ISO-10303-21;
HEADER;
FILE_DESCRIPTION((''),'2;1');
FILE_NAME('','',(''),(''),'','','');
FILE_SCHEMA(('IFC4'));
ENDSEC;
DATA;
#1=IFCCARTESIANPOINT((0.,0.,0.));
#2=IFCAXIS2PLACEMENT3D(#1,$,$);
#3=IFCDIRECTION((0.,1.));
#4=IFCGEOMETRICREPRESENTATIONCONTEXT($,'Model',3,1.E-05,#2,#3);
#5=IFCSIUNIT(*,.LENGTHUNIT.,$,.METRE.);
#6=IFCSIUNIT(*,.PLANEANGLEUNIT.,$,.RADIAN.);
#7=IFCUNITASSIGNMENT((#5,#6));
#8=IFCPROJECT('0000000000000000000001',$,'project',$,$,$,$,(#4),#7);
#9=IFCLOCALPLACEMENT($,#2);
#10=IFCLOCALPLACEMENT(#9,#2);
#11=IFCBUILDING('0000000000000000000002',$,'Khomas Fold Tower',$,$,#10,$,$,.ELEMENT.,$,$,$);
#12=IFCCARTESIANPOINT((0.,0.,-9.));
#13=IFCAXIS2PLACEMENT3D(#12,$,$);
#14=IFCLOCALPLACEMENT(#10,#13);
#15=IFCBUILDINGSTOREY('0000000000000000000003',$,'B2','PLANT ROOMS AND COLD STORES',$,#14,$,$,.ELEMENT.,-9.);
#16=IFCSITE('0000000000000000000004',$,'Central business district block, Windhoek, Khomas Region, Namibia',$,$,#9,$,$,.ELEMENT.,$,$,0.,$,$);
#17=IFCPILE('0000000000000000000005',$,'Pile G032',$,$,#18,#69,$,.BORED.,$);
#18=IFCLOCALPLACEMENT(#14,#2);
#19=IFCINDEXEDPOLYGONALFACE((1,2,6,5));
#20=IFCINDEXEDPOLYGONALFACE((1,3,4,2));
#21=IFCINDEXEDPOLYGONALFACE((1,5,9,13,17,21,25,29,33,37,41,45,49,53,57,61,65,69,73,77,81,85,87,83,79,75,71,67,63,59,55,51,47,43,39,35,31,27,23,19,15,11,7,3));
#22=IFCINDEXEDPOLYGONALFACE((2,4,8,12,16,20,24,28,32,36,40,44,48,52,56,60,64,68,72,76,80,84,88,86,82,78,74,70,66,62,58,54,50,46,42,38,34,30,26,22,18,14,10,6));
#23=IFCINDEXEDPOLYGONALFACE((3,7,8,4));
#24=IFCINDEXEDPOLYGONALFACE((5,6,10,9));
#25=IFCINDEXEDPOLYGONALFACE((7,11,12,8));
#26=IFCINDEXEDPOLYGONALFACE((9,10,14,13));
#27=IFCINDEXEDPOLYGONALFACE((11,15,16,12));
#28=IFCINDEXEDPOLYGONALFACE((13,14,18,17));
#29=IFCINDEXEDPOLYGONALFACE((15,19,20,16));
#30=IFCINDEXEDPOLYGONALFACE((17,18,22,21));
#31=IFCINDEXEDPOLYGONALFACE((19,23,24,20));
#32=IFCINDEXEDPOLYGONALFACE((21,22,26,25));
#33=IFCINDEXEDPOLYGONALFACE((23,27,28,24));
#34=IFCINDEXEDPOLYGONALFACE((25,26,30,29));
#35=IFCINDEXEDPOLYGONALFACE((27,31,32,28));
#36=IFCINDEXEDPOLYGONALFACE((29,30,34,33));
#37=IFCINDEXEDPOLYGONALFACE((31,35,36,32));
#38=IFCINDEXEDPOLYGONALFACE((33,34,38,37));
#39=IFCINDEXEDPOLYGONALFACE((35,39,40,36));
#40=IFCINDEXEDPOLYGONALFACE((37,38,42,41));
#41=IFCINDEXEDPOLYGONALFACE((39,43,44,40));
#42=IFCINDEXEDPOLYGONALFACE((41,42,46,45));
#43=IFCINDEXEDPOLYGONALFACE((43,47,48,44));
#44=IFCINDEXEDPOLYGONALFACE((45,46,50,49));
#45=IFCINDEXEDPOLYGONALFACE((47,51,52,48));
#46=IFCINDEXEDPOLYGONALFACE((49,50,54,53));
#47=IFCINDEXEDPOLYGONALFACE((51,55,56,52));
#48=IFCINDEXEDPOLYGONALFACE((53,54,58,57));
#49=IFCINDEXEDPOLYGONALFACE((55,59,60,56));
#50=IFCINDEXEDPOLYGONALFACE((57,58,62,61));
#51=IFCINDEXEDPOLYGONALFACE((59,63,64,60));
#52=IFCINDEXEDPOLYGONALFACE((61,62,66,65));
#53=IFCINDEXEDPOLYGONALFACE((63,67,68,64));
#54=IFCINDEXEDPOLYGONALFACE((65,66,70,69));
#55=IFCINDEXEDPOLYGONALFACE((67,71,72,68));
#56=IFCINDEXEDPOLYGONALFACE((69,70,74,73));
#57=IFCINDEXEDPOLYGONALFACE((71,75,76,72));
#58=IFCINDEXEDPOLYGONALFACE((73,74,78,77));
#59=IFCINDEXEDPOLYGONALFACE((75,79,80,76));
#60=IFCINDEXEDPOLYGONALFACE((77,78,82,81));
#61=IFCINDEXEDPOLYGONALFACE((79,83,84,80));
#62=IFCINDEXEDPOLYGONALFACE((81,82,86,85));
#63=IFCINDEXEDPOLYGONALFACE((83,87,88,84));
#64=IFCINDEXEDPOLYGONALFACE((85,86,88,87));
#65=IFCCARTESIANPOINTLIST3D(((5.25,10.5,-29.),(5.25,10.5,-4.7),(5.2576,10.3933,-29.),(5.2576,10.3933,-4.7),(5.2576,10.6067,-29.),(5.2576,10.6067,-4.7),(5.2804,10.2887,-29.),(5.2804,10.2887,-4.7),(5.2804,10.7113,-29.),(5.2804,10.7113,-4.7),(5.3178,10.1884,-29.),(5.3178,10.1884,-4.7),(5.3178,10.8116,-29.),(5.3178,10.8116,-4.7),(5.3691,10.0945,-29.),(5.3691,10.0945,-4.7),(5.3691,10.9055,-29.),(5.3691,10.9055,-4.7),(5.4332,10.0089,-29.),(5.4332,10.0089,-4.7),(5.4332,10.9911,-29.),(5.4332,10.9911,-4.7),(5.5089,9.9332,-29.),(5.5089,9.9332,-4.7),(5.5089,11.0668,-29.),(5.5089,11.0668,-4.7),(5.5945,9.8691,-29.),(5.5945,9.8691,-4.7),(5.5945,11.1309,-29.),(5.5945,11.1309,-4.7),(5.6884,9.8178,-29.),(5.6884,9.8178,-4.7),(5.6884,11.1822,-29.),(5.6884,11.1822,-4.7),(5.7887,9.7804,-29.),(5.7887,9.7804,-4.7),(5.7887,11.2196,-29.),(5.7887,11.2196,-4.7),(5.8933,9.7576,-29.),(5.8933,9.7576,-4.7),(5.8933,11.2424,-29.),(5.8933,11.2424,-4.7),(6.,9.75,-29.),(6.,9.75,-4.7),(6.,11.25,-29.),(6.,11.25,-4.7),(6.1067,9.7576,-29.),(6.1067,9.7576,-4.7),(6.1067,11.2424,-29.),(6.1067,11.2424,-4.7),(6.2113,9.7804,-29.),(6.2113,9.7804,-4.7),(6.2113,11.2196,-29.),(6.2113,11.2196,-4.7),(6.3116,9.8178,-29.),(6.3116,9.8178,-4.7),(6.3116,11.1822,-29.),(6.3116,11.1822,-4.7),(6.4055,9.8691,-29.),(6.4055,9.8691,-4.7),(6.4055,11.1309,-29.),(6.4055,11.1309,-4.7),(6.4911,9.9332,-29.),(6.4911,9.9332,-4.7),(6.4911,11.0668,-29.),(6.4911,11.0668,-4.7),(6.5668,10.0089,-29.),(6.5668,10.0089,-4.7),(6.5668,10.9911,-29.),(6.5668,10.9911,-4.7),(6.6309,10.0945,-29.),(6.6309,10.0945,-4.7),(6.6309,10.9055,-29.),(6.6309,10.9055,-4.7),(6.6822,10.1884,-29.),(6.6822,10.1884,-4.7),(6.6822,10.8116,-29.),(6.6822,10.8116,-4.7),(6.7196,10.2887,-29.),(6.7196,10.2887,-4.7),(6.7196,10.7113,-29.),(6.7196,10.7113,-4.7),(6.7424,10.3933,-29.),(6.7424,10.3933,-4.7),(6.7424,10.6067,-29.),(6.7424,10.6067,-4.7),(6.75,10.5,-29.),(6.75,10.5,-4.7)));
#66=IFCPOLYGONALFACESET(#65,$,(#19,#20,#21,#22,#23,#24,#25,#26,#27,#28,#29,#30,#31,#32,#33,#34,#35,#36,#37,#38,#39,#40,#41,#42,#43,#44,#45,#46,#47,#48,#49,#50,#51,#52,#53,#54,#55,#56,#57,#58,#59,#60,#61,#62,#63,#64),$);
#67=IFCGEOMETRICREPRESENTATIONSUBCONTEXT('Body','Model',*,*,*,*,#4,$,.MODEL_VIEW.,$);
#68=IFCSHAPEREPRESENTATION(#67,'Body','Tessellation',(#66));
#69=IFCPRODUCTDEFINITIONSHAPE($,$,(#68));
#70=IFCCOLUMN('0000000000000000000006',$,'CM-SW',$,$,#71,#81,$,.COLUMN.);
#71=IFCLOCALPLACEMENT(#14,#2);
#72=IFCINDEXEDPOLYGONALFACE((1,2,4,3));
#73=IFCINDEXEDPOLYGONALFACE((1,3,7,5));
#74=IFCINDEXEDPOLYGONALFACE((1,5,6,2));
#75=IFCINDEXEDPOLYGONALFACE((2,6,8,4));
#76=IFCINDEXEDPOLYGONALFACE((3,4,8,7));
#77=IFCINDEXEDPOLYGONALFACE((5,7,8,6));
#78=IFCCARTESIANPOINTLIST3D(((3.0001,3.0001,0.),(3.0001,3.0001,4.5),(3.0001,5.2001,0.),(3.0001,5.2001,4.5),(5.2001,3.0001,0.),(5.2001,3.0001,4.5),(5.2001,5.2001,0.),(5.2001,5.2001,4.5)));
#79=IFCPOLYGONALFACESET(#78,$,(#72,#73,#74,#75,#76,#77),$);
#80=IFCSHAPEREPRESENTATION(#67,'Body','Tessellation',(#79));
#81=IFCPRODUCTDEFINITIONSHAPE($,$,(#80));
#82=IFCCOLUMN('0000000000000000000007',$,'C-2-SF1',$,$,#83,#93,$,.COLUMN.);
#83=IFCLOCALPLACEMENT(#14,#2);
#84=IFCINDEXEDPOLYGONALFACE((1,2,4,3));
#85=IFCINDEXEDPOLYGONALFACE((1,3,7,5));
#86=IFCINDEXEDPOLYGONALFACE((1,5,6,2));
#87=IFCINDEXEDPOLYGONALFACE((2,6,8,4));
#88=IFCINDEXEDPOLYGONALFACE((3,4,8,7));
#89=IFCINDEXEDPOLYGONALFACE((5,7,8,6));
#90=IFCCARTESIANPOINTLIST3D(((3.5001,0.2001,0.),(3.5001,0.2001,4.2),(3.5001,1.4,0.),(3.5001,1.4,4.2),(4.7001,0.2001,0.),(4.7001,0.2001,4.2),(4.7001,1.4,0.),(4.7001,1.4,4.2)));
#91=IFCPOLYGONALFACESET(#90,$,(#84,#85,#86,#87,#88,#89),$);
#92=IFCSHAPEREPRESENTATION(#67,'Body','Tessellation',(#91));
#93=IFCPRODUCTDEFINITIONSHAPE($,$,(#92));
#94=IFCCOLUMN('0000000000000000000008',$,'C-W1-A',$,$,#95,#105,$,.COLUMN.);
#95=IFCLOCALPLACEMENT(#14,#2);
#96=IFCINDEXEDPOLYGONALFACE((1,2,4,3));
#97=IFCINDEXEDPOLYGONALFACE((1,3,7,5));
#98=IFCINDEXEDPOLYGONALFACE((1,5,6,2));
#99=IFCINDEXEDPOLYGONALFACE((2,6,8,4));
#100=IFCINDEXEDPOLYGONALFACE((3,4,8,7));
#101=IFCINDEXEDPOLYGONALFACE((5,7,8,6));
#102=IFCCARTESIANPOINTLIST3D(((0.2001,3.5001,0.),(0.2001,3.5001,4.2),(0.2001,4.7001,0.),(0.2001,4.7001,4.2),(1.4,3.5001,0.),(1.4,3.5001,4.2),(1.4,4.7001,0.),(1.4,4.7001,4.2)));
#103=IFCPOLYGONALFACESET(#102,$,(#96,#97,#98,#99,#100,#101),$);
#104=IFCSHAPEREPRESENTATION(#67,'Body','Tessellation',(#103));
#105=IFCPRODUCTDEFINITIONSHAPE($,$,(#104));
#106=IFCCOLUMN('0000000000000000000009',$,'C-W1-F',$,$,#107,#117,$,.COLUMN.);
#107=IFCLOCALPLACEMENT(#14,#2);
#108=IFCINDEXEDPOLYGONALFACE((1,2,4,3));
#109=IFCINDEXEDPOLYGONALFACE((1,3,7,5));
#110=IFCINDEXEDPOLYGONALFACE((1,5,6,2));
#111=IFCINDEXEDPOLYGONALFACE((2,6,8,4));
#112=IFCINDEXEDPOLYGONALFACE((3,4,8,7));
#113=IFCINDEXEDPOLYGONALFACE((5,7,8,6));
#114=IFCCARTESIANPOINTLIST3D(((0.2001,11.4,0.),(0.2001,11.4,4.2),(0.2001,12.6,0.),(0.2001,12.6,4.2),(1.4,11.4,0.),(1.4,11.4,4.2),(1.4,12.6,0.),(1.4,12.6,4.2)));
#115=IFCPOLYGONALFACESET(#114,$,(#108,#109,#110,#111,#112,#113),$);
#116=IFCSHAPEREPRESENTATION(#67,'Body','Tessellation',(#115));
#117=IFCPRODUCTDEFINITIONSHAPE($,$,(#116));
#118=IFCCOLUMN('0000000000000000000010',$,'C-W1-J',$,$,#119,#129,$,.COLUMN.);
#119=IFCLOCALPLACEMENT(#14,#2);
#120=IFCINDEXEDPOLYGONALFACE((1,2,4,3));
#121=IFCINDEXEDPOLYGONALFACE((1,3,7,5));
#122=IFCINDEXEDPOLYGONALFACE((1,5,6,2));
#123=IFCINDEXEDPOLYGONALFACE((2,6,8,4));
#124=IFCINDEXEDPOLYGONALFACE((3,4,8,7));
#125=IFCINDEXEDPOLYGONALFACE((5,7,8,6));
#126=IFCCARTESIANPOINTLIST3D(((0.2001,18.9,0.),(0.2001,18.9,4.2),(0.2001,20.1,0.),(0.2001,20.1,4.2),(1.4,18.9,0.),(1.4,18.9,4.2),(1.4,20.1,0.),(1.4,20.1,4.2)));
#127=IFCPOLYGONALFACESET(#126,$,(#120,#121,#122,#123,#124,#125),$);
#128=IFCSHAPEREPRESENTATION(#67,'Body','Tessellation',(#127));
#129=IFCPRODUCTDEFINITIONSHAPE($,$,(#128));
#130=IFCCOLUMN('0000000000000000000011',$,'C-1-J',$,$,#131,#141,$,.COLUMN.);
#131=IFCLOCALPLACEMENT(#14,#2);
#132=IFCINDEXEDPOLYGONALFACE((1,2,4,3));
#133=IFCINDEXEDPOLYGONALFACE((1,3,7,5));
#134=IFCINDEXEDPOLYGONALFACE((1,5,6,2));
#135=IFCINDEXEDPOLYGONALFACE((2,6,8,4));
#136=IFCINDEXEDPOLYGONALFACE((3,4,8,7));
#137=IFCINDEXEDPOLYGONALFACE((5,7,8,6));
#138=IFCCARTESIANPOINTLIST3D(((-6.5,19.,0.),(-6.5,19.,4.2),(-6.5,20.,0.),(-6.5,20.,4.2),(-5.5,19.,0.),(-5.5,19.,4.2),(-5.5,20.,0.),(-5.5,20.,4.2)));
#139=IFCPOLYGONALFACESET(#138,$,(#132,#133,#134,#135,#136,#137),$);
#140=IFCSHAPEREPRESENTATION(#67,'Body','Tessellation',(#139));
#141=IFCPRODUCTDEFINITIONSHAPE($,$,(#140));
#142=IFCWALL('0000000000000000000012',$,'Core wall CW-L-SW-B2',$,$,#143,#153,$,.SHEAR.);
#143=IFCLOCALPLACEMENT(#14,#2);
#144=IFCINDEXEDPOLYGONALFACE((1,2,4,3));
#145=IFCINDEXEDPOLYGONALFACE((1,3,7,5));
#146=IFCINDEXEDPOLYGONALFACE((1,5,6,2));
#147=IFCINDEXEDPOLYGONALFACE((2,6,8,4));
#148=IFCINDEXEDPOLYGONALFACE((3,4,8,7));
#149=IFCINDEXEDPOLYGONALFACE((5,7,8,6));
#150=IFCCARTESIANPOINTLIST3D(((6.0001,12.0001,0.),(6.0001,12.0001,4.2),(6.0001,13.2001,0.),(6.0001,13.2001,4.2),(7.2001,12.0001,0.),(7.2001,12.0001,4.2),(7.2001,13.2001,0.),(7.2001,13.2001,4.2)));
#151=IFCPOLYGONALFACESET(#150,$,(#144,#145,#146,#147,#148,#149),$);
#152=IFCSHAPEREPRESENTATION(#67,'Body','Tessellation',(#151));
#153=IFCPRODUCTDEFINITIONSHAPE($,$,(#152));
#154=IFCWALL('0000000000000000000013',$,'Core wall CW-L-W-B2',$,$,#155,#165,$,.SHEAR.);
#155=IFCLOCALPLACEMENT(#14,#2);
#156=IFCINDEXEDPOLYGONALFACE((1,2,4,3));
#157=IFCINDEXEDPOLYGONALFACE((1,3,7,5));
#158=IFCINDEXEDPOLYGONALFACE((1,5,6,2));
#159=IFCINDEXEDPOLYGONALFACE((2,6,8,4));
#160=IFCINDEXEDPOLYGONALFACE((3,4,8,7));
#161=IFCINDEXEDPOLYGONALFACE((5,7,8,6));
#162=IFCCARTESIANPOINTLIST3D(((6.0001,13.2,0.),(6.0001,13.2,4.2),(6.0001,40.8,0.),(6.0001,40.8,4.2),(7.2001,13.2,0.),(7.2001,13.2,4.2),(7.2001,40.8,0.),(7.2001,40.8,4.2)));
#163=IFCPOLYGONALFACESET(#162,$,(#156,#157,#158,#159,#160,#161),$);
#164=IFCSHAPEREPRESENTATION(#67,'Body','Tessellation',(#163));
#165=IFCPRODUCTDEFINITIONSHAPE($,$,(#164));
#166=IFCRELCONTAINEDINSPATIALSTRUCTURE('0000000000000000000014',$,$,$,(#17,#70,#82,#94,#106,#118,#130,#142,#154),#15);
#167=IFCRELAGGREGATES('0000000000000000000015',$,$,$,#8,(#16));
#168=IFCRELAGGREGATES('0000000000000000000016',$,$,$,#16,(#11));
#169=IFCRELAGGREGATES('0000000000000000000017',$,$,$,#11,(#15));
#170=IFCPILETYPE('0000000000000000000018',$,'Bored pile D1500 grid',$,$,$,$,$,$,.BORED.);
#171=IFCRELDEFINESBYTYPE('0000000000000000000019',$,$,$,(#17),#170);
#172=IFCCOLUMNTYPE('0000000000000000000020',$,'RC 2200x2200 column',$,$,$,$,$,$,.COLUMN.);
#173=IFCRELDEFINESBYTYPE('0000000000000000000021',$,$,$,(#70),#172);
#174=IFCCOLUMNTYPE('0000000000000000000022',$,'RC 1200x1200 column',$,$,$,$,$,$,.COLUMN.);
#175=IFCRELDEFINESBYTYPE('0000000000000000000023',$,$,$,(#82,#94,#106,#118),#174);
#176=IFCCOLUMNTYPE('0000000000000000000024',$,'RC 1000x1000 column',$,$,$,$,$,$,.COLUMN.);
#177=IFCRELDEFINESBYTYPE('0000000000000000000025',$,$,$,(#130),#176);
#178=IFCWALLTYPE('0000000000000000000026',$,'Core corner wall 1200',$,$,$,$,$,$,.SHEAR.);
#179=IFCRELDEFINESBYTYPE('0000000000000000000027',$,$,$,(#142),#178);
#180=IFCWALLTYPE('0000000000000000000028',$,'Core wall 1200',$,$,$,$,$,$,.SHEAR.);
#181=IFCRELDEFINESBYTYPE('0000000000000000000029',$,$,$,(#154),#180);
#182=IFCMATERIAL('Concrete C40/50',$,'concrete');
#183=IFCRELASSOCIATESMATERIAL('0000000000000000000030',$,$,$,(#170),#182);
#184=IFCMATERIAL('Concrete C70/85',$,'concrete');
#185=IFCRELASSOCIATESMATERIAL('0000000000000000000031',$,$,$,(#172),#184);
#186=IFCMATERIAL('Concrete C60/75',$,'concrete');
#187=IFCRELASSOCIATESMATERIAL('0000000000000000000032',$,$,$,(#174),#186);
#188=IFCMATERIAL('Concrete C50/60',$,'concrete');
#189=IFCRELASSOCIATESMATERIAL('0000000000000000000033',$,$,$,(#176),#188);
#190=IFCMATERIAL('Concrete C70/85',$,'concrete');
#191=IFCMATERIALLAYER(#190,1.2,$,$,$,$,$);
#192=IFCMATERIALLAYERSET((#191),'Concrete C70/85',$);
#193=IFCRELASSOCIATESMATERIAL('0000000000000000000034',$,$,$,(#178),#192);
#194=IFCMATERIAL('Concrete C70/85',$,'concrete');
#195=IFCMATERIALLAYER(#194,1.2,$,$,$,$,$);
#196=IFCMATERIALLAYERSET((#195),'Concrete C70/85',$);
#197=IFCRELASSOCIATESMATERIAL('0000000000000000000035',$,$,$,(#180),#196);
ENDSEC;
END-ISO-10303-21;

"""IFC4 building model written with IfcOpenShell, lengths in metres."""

from ifc_helpers import new_model, si_unit, direction, frame, frame_2d, origin, origin_2d, place, context, subcontext, project, spatial, rectangle, circle, extrude, source, transform, mapped, material, layer, layer_set, material_profile, profile_set, type_object, element, save


model = new_model("IFC4")

# Units and contexts
model_context = context("Model", 3, precision=1e-05, world=origin(), true_north=direction((0.0, 1.0)))
body_context = subcontext(model_context, "Body", "Model", "MODEL_VIEW")
ifc_project = project(units=[si_unit("LENGTHUNIT", "METRE"), si_unit("PLANEANGLEUNIT", "RADIAN")], contexts=[model_context])

# Site, building, storey
site_placement = place(None, origin())
site = spatial("IfcSite", under=ifc_project, at=site_placement, Name="Central business district block, Windhoek, Khomas Region, Namibia", CompositionType="ELEMENT", RefElevation=0.0)
building_placement = place(site_placement, origin())
building = spatial("IfcBuilding", under=site, at=building_placement, Name="Khomas Fold Tower", CompositionType="ELEMENT")
storey_placement = place(building_placement, frame((0.0, 0.0, -9.0)))
storey = spatial("IfcBuildingStorey", under=building, at=storey_placement, Name="B2", Description="PLANT ROOMS AND COLD STORES", CompositionType="ELEMENT", Elevation=-9.0)

# Pile
ifc_material_1 = material(Name="Concrete C40/50", Category="concrete")
ifc_material_profile_1 = material_profile(ifc_material_1, circle(Radius=0.75, at=origin_2d()), Name="PILE D1500")
ifc_profile_set_1 = profile_set([ifc_material_profile_1], Name="Concrete C40/50")
pile_type = type_object("IfcPileType", Name="Bored pile D1500 grid", PredefinedType="BORED", material=ifc_profile_set_1)
shared_shape_1 = source(origin(), body_context, "Body", "SweptSolid", [
    extrude(circle(Radius=0.75, at=origin_2d()), origin(), (0.0, 0.0, 1.0), 24.3),
])
for number, where, z_axis, x_axis, name in (
    (1, (6.0, 10.5, -4.7), (0.0, 0.0, -1.0), (1.0, 0.0, 0.0), "Pile G032"),
):
    element("IfcPile", number, at=place(storey_placement, frame(where, z_axis=z_axis, x_axis=x_axis)), inside=storey, type_object=pile_type, Name=name, PredefinedType="BORED", context=body_context, shape_type="MappedRepresentation", body=[
        mapped(shared_shape_1, transform((0.0, 0.0, 0.0))),
    ])

# Columns
ifc_material_2 = material(Name="Concrete C70/85", Category="concrete")
ifc_material_profile_2 = material_profile(ifc_material_2, rectangle(XDim=2.2, YDim=2.2, at=origin_2d()), Name="RC 2200x2200")
ifc_profile_set_2 = profile_set([ifc_material_profile_2], Name="Concrete C70/85")
column_type_1 = type_object("IfcColumnType", Name="RC 2200x2200 column", PredefinedType="COLUMN", material=ifc_profile_set_2)
shared_shape_2 = source(origin(), body_context, "Body", "SweptSolid", [
    extrude(rectangle(XDim=2.2, YDim=2.2, at=origin_2d()), origin(), (0.0, 0.0, 1.0), 4.5),
])
column_1_placement = place(storey_placement, frame((4.1001, 4.1001, 0.0), z_axis=(0.0, 0.0, 1.0), x_axis=(1.0, 0.0, 0.0)))
element("IfcColumn", 2, at=column_1_placement, inside=storey, type_object=column_type_1, Name="CM-SW", PredefinedType="COLUMN", context=body_context, shape_type="MappedRepresentation", body=[
    mapped(shared_shape_2, transform((0.0, 0.0, 0.0))),
])
ifc_material_3 = material(Name="Concrete C60/75", Category="concrete")
ifc_material_profile_3 = material_profile(ifc_material_3, rectangle(XDim=1.2, YDim=1.2, at=origin_2d()), Name="RC 1200x1200")
ifc_profile_set_3 = profile_set([ifc_material_profile_3], Name="Concrete C60/75")
column_type_2 = type_object("IfcColumnType", Name="RC 1200x1200 column", PredefinedType="COLUMN", material=ifc_profile_set_3)
shared_shape_3 = source(origin(), body_context, "Body", "SweptSolid", [
    extrude(rectangle(XDim=1.2, YDim=1.2, at=origin_2d()), origin(), (0.0, 0.0, 1.0), 4.2),
])
for number, where, z_axis, x_axis, name in (
    (3, (4.1001, 0.8, 0.0), (0.0, 0.0, 1.0), (1.0, 0.0, 0.0), "C-2-SF1"),
    (4, (0.8, 4.1001, 0.0), (0.0, 0.0, 1.0), (1.0, 0.0, 0.0), "C-W1-A"),
    (5, (0.8, 12.0, 0.0), (0.0, 0.0, 1.0), (1.0, 0.0, 0.0), "C-W1-F"),
    (6, (0.8, 19.5, 0.0), (0.0, 0.0, 1.0), (1.0, 0.0, 0.0), "C-W1-J"),
):
    element("IfcColumn", number, at=place(storey_placement, frame(where, z_axis=z_axis, x_axis=x_axis)), inside=storey, type_object=column_type_2, Name=name, PredefinedType="COLUMN", context=body_context, shape_type="MappedRepresentation", body=[
        mapped(shared_shape_3, transform((0.0, 0.0, 0.0))),
    ])
ifc_material_4 = material(Name="Concrete C50/60", Category="concrete")
ifc_material_profile_4 = material_profile(ifc_material_4, rectangle(XDim=1.0, YDim=1.0, at=origin_2d()), Name="RC 1000x1000")
ifc_profile_set_4 = profile_set([ifc_material_profile_4], Name="Concrete C50/60")
column_type_3 = type_object("IfcColumnType", Name="RC 1000x1000 column", PredefinedType="COLUMN", material=ifc_profile_set_4)
shared_shape_4 = source(origin(), body_context, "Body", "SweptSolid", [
    extrude(rectangle(XDim=1.0, YDim=1.0, at=origin_2d()), origin(), (0.0, 0.0, 1.0), 4.2),
])
column_2_placement = place(storey_placement, frame((-6.0, 19.5, 0.0), z_axis=(0.0, 0.0, 1.0), x_axis=(1.0, 0.0, 0.0)))
element("IfcColumn", 7, at=column_2_placement, inside=storey, type_object=column_type_3, Name="C-1-J", PredefinedType="COLUMN", context=body_context, shape_type="MappedRepresentation", body=[
    mapped(shared_shape_4, transform((0.0, 0.0, 0.0))),
])

# Walls
ifc_material_5 = material(Name="Concrete C70/85", Category="concrete")
ifc_layer_1 = layer(ifc_material_5, 1.2)
ifc_layer_set_1 = layer_set([ifc_layer_1], Name="Concrete C70/85")
wall_type_1 = type_object("IfcWallType", Name="Core corner wall 1200", PredefinedType="SHEAR", material=ifc_layer_set_1)
shared_shape_5 = source(origin(), body_context, "Body", "SweptSolid", [
    extrude(rectangle(XDim=1.2, YDim=1.2, at=frame_2d((0.6001, 0.0))), origin(), (0.0, 0.0, 1.0), 4.2),
])
wall_1_placement = place(storey_placement, frame((6.0, 12.6001, 0.0), z_axis=(0.0, 0.0, 1.0), x_axis=(1.0, 0.0, 0.0)))
element("IfcWall", 8, at=wall_1_placement, inside=storey, type_object=wall_type_1, Name="Core wall CW-L-SW-B2", PredefinedType="SHEAR", context=body_context, shape_type="MappedRepresentation", body=[
    mapped(shared_shape_5, transform((0.0, 0.0, 0.0))),
])
ifc_material_6 = material(Name="Concrete C70/85", Category="concrete")
ifc_layer_2 = layer(ifc_material_6, 1.2)
ifc_layer_set_2 = layer_set([ifc_layer_2], Name="Concrete C70/85")
wall_type_2 = type_object("IfcWallType", Name="Core wall 1200", PredefinedType="SHEAR", material=ifc_layer_set_2)
shared_shape_6 = source(origin(), body_context, "Body", "SweptSolid", [
    extrude(rectangle(XDim=27.6001, YDim=1.2, at=frame_2d((13.8, 0.0))), origin(), (0.0, 0.0, 1.0), 4.2),
])
wall_2_placement = place(storey_placement, frame((6.6001, 13.2, 0.0), z_axis=(0.0, 0.0, 1.0), x_axis=(0.0, 1.0, 0.0)))
element("IfcWall", 9, at=wall_2_placement, inside=storey, type_object=wall_type_2, Name="Core wall CW-L-W-B2", PredefinedType="SHEAR", context=body_context, shape_type="MappedRepresentation", body=[
    mapped(shared_shape_6, transform((0.0, 0.0, 0.0))),
])

save(model, "model.ifc")
